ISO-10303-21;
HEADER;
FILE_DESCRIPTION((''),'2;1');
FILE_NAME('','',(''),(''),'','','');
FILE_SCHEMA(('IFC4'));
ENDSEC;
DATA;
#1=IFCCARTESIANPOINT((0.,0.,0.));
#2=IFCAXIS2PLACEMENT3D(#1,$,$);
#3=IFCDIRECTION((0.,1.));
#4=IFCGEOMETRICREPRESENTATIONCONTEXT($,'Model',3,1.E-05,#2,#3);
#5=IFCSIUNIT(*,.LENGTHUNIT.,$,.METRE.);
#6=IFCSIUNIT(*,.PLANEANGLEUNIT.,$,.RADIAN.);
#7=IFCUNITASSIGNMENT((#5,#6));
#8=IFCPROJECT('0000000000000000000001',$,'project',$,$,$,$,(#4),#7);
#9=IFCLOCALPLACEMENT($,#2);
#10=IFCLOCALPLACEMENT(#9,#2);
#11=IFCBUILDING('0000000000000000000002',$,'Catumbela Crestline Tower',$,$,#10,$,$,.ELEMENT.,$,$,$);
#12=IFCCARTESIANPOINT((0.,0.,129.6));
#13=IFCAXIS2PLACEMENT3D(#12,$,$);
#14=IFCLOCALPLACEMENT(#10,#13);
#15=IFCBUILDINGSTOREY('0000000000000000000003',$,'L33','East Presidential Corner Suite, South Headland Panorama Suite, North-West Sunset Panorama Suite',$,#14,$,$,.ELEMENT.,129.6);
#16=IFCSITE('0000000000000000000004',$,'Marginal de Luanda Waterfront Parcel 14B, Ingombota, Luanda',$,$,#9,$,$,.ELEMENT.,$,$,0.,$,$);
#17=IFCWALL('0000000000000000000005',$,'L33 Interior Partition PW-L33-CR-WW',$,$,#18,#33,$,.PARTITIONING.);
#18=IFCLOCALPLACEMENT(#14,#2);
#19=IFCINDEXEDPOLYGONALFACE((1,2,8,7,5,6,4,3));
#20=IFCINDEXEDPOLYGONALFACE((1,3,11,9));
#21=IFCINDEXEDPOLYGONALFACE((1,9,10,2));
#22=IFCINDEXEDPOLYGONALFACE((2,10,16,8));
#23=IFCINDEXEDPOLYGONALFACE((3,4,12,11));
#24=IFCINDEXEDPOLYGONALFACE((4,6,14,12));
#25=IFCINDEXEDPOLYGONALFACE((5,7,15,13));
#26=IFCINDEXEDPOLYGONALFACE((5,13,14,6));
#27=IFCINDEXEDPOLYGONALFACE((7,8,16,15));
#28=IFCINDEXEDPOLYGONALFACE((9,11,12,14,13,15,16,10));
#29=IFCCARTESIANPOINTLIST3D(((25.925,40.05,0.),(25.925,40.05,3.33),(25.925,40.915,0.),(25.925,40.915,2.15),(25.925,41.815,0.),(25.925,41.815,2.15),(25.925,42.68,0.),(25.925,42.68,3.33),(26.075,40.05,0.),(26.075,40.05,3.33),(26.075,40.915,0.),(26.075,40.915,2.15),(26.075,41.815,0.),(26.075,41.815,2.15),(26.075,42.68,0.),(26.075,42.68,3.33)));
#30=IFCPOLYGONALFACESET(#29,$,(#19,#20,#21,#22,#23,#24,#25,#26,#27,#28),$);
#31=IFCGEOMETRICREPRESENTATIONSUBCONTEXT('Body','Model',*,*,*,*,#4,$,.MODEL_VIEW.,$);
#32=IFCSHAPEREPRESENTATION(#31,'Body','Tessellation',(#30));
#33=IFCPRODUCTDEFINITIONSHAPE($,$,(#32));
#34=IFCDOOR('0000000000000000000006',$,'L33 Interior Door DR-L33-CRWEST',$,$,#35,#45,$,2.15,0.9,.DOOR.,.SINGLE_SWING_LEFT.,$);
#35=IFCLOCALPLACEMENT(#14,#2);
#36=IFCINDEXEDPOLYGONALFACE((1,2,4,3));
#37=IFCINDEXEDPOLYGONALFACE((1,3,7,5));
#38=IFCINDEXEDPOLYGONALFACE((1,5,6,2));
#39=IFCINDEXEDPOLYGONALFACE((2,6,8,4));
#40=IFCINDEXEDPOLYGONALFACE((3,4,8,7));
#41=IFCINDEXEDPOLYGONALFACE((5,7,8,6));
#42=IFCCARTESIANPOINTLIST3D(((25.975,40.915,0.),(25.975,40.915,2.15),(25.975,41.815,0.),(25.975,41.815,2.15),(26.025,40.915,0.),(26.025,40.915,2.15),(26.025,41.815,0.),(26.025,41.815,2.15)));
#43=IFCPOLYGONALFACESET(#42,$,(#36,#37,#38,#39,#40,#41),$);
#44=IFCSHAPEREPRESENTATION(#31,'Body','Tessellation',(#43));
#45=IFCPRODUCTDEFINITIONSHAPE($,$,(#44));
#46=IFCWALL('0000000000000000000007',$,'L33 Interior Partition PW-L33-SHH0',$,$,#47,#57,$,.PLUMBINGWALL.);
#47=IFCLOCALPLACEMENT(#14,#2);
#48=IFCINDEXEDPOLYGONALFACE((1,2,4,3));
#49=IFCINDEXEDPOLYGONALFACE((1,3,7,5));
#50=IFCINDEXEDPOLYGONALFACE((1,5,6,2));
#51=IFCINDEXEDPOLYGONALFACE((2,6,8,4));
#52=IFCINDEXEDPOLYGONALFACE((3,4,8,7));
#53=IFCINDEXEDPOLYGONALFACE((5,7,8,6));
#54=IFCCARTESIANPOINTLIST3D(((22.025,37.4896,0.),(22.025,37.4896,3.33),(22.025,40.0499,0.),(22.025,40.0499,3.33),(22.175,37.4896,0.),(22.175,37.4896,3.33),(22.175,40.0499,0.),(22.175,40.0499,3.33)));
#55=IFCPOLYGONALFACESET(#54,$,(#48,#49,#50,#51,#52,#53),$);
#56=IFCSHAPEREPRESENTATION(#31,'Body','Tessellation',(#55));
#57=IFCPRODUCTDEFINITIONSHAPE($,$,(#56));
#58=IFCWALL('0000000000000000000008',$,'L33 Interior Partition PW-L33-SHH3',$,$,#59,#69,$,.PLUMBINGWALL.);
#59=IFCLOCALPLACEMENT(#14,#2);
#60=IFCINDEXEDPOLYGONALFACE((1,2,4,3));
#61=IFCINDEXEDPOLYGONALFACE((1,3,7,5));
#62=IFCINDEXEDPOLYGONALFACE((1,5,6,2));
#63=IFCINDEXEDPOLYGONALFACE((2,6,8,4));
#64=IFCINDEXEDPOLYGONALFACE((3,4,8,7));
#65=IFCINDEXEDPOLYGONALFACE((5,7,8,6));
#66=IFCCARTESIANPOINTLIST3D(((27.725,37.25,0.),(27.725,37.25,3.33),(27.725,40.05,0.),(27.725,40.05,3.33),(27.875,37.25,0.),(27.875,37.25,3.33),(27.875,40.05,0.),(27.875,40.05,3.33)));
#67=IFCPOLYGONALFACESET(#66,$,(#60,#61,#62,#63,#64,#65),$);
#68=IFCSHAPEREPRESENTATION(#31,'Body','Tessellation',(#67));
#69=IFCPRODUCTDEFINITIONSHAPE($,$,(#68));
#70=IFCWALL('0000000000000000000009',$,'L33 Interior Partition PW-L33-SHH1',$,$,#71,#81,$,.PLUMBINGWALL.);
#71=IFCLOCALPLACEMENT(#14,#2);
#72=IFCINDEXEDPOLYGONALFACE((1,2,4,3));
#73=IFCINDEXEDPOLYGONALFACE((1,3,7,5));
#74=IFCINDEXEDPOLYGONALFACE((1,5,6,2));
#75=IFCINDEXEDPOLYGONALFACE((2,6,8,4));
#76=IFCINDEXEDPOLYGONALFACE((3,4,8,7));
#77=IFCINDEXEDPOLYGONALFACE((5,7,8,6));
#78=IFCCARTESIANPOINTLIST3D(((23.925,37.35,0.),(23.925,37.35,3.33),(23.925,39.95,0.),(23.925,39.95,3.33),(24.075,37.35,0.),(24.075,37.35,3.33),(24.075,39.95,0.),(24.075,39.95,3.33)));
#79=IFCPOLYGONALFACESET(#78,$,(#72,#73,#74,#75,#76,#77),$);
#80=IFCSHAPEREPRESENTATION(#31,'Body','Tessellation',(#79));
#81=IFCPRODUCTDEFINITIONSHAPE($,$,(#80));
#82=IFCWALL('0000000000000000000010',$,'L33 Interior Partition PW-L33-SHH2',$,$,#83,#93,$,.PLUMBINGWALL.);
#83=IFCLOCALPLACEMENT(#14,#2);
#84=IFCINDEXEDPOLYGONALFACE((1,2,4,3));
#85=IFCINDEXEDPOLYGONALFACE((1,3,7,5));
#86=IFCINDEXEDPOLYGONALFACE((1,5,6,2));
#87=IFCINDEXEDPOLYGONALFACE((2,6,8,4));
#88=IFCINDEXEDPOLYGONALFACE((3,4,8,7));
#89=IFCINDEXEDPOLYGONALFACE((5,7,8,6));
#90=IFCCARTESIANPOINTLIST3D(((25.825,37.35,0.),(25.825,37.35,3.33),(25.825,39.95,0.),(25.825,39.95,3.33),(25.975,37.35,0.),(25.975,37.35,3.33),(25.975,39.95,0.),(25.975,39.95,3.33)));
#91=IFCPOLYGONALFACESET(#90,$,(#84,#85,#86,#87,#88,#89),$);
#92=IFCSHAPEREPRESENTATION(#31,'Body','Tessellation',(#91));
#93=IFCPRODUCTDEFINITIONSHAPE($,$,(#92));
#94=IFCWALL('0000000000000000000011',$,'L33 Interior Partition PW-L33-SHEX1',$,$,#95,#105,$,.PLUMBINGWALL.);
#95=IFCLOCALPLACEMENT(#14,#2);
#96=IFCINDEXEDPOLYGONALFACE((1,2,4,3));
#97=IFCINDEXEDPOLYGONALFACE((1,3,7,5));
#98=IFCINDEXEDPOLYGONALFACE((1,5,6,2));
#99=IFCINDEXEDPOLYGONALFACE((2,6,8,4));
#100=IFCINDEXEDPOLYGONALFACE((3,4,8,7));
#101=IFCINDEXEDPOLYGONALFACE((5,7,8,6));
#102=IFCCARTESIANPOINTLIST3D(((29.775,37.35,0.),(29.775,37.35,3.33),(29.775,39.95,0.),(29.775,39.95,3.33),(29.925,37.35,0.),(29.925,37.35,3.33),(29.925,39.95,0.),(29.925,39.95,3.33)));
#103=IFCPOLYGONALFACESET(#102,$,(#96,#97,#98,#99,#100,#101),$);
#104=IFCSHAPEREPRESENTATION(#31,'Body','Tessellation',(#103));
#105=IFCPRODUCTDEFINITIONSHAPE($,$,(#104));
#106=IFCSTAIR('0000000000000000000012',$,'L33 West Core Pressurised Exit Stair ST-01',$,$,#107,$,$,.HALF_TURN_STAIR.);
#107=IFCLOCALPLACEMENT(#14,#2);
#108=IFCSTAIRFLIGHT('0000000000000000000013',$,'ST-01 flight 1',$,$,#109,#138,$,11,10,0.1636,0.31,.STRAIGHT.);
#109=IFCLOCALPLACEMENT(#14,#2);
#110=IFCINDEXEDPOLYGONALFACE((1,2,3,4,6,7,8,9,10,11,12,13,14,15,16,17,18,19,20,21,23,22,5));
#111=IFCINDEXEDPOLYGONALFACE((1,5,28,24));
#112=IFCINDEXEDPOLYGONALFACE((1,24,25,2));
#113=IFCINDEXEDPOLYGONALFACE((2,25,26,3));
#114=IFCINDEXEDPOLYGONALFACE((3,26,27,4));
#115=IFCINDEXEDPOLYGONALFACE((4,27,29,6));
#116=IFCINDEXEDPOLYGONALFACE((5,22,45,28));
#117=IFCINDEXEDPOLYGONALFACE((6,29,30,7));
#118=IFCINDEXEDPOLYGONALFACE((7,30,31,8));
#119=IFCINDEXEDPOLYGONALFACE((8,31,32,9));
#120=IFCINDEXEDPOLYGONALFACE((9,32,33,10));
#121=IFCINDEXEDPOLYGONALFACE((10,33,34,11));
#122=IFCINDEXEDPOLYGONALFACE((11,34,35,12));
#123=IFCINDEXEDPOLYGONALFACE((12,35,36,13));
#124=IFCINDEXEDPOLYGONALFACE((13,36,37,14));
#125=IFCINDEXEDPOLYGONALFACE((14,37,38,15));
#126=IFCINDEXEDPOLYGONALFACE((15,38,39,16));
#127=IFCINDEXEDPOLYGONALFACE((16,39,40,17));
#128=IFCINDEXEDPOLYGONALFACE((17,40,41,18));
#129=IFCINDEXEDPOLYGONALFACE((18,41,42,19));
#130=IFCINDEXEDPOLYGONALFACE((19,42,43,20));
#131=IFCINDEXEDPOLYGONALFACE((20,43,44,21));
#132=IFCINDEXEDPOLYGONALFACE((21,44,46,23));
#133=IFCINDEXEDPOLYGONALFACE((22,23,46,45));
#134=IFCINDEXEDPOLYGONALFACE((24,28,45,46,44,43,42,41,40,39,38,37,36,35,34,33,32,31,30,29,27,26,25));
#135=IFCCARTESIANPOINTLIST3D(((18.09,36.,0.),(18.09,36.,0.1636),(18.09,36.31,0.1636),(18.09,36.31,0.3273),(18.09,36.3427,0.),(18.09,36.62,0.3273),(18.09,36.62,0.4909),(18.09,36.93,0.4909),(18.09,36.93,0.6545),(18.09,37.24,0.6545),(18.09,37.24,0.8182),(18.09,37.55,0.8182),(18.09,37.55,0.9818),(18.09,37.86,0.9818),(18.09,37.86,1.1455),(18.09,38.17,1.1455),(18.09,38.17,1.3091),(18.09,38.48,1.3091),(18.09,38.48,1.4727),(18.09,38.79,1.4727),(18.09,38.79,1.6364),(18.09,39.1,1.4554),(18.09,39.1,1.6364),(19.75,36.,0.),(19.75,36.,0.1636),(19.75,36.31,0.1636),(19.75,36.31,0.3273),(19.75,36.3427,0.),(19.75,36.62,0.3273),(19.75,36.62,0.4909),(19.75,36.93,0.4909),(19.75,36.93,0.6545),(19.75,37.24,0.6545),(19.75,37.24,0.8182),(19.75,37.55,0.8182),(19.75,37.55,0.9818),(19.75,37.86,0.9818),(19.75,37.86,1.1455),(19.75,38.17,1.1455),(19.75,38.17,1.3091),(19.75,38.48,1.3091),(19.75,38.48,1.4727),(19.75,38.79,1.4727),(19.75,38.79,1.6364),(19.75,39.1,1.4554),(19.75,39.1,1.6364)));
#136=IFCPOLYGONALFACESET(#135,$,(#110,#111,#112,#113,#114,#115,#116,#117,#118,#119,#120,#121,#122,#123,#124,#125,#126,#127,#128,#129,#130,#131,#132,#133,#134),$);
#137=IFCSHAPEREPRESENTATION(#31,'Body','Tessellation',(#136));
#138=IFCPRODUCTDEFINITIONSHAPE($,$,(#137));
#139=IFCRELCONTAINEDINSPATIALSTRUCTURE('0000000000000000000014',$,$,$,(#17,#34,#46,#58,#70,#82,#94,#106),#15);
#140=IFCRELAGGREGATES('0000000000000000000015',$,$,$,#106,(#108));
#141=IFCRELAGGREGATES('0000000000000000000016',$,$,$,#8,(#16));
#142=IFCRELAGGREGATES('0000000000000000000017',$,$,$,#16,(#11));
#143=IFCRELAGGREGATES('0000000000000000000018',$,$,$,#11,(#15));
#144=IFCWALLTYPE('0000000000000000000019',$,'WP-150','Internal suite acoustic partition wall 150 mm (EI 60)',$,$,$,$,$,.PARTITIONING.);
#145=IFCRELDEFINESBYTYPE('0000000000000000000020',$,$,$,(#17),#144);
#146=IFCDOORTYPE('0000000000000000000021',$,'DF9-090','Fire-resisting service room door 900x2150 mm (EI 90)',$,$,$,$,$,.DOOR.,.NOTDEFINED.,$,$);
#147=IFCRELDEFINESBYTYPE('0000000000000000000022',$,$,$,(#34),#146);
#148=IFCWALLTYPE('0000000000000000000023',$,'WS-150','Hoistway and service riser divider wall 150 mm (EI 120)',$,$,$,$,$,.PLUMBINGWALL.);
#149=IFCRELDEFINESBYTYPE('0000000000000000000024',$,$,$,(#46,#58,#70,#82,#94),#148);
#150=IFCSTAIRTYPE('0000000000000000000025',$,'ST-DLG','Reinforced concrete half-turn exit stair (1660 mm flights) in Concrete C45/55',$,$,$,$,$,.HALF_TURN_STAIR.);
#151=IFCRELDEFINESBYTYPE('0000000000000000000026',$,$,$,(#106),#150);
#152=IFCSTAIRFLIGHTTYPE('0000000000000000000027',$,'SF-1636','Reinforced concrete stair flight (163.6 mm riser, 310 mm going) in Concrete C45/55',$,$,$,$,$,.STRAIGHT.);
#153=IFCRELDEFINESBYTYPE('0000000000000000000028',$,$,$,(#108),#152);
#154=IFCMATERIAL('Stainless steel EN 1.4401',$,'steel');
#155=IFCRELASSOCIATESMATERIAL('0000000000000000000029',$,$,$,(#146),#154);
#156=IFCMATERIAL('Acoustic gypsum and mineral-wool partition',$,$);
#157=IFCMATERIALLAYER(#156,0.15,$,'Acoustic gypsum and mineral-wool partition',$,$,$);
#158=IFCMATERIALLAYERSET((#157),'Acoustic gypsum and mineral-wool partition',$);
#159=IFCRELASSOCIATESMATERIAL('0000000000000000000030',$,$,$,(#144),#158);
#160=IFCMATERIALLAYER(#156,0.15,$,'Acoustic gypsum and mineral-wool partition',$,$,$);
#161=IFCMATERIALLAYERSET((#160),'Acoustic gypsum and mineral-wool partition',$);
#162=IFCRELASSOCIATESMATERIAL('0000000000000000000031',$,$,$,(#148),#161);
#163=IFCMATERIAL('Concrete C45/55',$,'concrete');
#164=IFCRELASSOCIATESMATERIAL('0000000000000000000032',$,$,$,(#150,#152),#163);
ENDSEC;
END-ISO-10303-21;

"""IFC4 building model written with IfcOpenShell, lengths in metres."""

from ifc_helpers import new_model, si_unit, direction, frame, frame_2d, origin, place, context, subcontext, project, spatial, polyline, rectangle, outline, extrude, material, layer, layer_set, type_object, element, fill, aggregate, save


model = new_model("IFC4")

# Units and contexts
model_context = context("Model", 3, precision=1e-05, world=origin(), true_north=direction((0.0, 1.0)))
body_context = subcontext(model_context, "Body", "Model", "MODEL_VIEW")
ifc_project = project(units=[si_unit("LENGTHUNIT", "METRE"), si_unit("PLANEANGLEUNIT", "RADIAN")], contexts=[model_context])

# Site, building, storey
site_placement = place(None, origin())
site = spatial("IfcSite", under=ifc_project, at=site_placement, Name="Marginal de Luanda Waterfront Parcel 14B, Ingombota, Luanda", CompositionType="ELEMENT", RefElevation=0.0)
building_placement = place(site_placement, origin())
building = spatial("IfcBuilding", under=site, at=building_placement, Name="Catumbela Crestline Tower", CompositionType="ELEMENT")
storey_placement = place(building_placement, frame((0.0, 0.0, 129.6)))
storey = spatial("IfcBuildingStorey", under=building, at=storey_placement, Name="L33", Description="East Presidential Corner Suite, South Headland Panorama Suite, North-West Sunset Panorama Suite", CompositionType="ELEMENT", Elevation=129.6)

# Shared definitions
ifc_material_1 = material(Name="Stainless steel EN 1.4401", Category="steel")

# Shared definitions
door_type_1 = type_object("IfcDoorType", Name="DF9-090", Description="Fire-resisting service room door 900x2150 mm (EI 90)", OperationType="NOTDEFINED", PredefinedType="DOOR", material=ifc_material_1)

# Wall, opening, door
ifc_material_2 = material(Name="Acoustic gypsum and mineral-wool partition")
ifc_layer_1 = layer(ifc_material_2, 0.15, Name="Acoustic gypsum and mineral-wool partition")
ifc_layer_set_1 = layer_set([ifc_layer_1], Name="Acoustic gypsum and mineral-wool partition")
wall_type_1 = type_object("IfcWallType", Name="WP-150", Description="Internal suite acoustic partition wall 150 mm (EI 60)", PredefinedType="PARTITIONING", material=ifc_layer_set_1)
wall_1_placement = place(storey_placement, frame((26.0, 40.05, 0.0), z_axis=(0.0, 0.0, 1.0), x_axis=(0.0, 1.0, 0.0)))
wall_1 = element("IfcWall", 1, at=wall_1_placement, inside=storey, type_object=wall_type_1, Name="L33 Interior Partition PW-L33-CR-WW", PredefinedType="PARTITIONING", context=body_context, shape_type="SweptSolid", body=[
    extrude(rectangle(XDim=2.63, YDim=0.15, at=frame_2d((1.315, 0.0))), origin(), (0.0, 0.0, 1.0), 3.33),
])
opening_1_placement = place(wall_1_placement, frame((0.865, 0.0, 0.0)))
opening_1 = element("IfcOpeningElement", 2, at=opening_1_placement, cuts=wall_1, PredefinedType="OPENING", context=body_context, shape_type="SweptSolid", body=[
    extrude(rectangle(XDim=0.9, YDim=2.15, at=frame_2d((0.45, 1.075))), frame((0.0, 0.085, 0.0), z_axis=(0.0, -1.0, 0.0), x_axis=(1.0, 0.0, 0.0)), (0.0, 0.0, 1.0), 0.17),
])
door_1_placement = place(opening_1_placement, origin())
door_1 = element("IfcDoor", 3, at=door_1_placement, inside=storey, type_object=door_type_1, Name="L33 Interior Door DR-L33-CRWEST", OperationType="SINGLE_SWING_LEFT", OverallHeight=2.15, OverallWidth=0.9, PredefinedType="DOOR", context=body_context, shape_type="SweptSolid", body=[
    extrude(rectangle(XDim=0.9, YDim=2.15, at=frame_2d((0.45, 1.075))), frame((0.0, 0.025, 0.0), z_axis=(0.0, -1.0, 0.0), x_axis=(1.0, 0.0, 0.0)), (0.0, 0.0, 1.0), 0.05),
])
fill(opening_1, door_1)

# Walls
ifc_layer_2 = layer(ifc_material_2, 0.15, Name="Acoustic gypsum and mineral-wool partition")
ifc_layer_set_2 = layer_set([ifc_layer_2], Name="Acoustic gypsum and mineral-wool partition")
wall_type_2 = type_object("IfcWallType", Name="WS-150", Description="Hoistway and service riser divider wall 150 mm (EI 120)", PredefinedType="PLUMBINGWALL", material=ifc_layer_set_2)
wall_2_placement = place(storey_placement, frame((22.1, 37.4897, 0.0), z_axis=(0.0, 0.0, 1.0), x_axis=(0.0, 1.0, 0.0)))
element("IfcWall", 4, at=wall_2_placement, inside=storey, type_object=wall_type_2, Name="L33 Interior Partition PW-L33-SHH0", PredefinedType="PLUMBINGWALL", context=body_context, shape_type="SweptSolid", body=[
    extrude(rectangle(XDim=2.5603, YDim=0.15, at=frame_2d((1.2801, 0.0))), origin(), (0.0, 0.0, 1.0), 3.33),
])
wall_3_placement = place(storey_placement, frame((27.8, 37.25, 0.0), z_axis=(0.0, 0.0, 1.0), x_axis=(0.0, 1.0, 0.0)))
element("IfcWall", 5, at=wall_3_placement, inside=storey, type_object=wall_type_2, Name="L33 Interior Partition PW-L33-SHH3", PredefinedType="PLUMBINGWALL", context=body_context, shape_type="SweptSolid", body=[
    extrude(rectangle(XDim=2.8, YDim=0.15, at=frame_2d((1.4, 0.0))), origin(), (0.0, 0.0, 1.0), 3.33),
])
for number, where, z_axis, x_axis, name in (
    (6, (24.0, 37.35, 0.0), (0.0, 0.0, 1.0), (0.0, 1.0, 0.0), "L33 Interior Partition PW-L33-SHH1"),
    (7, (25.9, 37.35, 0.0), (0.0, 0.0, 1.0), (0.0, 1.0, 0.0), "L33 Interior Partition PW-L33-SHH2"),
    (8, (29.85, 37.35, 0.0), (0.0, 0.0, 1.0), (0.0, 1.0, 0.0), "L33 Interior Partition PW-L33-SHEX1"),
):
    element("IfcWall", number, at=place(storey_placement, frame(where, z_axis=z_axis, x_axis=x_axis)), inside=storey, type_object=wall_type_2, Name=name, PredefinedType="PLUMBINGWALL", context=body_context, shape_type="SweptSolid", body=[
        extrude(rectangle(XDim=2.6, YDim=0.15, at=frame_2d((1.3, 0.0))), origin(), (0.0, 0.0, 1.0), 3.33),
    ])

# Stair, stair flight
ifc_material_3 = material(Name="Concrete C45/55", Category="concrete")
stair_type = type_object("IfcStairType", Name="ST-DLG", Description="Reinforced concrete half-turn exit stair (1660 mm flights) in Concrete C45/55", PredefinedType="HALF_TURN_STAIR", material=ifc_material_3)
stair_placement = place(storey_placement, origin())
stair = element("IfcStair", 9, at=stair_placement, inside=storey, type_object=stair_type, Name="L33 West Core Pressurised Exit Stair ST-01", PredefinedType="HALF_TURN_STAIR")
stair_flight_type = type_object("IfcStairFlightType", Name="SF-1636", Description="Reinforced concrete stair flight (163.6 mm riser, 310 mm going) in Concrete C45/55", PredefinedType="STRAIGHT", material=ifc_material_3)
stair_flight_placement = place(storey_placement, frame((18.92, 36.0, 0.0), z_axis=(0.0, 0.0, 1.0), x_axis=(0.0, 1.0, 0.0)))
stair_flight = element("IfcStairFlight", 10, at=stair_flight_placement, type_object=stair_flight_type, Name="ST-01 flight 1", NumberOfRisers=11, NumberOfTreads=10, PredefinedType="STRAIGHT", RiserHeight=0.1636, TreadLength=0.31, context=body_context, shape_type="SweptSolid", body=[
    extrude(outline(polyline([(0.0, 0.0), (0.0, 0.1636), (0.31, 0.1636), (0.31, 0.3273), (0.62, 0.3273), (0.62, 0.4909), (0.93, 0.4909), (0.93, 0.6545), (1.24, 0.6545), (1.24, 0.8182), (1.55, 0.8182), (1.55, 0.9818), (1.86, 0.9818), (1.86, 1.1455), (2.17, 1.1455), (2.17, 1.3091), (2.48, 1.3091), (2.48, 1.4727), (2.79, 1.4727), (2.79, 1.6364), (3.1, 1.6364), (3.1, 1.8), (3.1, 1.4554), (0.3427, 0.0), (0.0, 0.0)])), frame((0.0, 0.83, 0.0), z_axis=(0.0, -1.0, 0.0), x_axis=(1.0, 0.0, 0.0)), (0.0, 0.0, 1.0), 1.66),
])
aggregate(stair, [stair_flight])

save(model, "model.ifc")
